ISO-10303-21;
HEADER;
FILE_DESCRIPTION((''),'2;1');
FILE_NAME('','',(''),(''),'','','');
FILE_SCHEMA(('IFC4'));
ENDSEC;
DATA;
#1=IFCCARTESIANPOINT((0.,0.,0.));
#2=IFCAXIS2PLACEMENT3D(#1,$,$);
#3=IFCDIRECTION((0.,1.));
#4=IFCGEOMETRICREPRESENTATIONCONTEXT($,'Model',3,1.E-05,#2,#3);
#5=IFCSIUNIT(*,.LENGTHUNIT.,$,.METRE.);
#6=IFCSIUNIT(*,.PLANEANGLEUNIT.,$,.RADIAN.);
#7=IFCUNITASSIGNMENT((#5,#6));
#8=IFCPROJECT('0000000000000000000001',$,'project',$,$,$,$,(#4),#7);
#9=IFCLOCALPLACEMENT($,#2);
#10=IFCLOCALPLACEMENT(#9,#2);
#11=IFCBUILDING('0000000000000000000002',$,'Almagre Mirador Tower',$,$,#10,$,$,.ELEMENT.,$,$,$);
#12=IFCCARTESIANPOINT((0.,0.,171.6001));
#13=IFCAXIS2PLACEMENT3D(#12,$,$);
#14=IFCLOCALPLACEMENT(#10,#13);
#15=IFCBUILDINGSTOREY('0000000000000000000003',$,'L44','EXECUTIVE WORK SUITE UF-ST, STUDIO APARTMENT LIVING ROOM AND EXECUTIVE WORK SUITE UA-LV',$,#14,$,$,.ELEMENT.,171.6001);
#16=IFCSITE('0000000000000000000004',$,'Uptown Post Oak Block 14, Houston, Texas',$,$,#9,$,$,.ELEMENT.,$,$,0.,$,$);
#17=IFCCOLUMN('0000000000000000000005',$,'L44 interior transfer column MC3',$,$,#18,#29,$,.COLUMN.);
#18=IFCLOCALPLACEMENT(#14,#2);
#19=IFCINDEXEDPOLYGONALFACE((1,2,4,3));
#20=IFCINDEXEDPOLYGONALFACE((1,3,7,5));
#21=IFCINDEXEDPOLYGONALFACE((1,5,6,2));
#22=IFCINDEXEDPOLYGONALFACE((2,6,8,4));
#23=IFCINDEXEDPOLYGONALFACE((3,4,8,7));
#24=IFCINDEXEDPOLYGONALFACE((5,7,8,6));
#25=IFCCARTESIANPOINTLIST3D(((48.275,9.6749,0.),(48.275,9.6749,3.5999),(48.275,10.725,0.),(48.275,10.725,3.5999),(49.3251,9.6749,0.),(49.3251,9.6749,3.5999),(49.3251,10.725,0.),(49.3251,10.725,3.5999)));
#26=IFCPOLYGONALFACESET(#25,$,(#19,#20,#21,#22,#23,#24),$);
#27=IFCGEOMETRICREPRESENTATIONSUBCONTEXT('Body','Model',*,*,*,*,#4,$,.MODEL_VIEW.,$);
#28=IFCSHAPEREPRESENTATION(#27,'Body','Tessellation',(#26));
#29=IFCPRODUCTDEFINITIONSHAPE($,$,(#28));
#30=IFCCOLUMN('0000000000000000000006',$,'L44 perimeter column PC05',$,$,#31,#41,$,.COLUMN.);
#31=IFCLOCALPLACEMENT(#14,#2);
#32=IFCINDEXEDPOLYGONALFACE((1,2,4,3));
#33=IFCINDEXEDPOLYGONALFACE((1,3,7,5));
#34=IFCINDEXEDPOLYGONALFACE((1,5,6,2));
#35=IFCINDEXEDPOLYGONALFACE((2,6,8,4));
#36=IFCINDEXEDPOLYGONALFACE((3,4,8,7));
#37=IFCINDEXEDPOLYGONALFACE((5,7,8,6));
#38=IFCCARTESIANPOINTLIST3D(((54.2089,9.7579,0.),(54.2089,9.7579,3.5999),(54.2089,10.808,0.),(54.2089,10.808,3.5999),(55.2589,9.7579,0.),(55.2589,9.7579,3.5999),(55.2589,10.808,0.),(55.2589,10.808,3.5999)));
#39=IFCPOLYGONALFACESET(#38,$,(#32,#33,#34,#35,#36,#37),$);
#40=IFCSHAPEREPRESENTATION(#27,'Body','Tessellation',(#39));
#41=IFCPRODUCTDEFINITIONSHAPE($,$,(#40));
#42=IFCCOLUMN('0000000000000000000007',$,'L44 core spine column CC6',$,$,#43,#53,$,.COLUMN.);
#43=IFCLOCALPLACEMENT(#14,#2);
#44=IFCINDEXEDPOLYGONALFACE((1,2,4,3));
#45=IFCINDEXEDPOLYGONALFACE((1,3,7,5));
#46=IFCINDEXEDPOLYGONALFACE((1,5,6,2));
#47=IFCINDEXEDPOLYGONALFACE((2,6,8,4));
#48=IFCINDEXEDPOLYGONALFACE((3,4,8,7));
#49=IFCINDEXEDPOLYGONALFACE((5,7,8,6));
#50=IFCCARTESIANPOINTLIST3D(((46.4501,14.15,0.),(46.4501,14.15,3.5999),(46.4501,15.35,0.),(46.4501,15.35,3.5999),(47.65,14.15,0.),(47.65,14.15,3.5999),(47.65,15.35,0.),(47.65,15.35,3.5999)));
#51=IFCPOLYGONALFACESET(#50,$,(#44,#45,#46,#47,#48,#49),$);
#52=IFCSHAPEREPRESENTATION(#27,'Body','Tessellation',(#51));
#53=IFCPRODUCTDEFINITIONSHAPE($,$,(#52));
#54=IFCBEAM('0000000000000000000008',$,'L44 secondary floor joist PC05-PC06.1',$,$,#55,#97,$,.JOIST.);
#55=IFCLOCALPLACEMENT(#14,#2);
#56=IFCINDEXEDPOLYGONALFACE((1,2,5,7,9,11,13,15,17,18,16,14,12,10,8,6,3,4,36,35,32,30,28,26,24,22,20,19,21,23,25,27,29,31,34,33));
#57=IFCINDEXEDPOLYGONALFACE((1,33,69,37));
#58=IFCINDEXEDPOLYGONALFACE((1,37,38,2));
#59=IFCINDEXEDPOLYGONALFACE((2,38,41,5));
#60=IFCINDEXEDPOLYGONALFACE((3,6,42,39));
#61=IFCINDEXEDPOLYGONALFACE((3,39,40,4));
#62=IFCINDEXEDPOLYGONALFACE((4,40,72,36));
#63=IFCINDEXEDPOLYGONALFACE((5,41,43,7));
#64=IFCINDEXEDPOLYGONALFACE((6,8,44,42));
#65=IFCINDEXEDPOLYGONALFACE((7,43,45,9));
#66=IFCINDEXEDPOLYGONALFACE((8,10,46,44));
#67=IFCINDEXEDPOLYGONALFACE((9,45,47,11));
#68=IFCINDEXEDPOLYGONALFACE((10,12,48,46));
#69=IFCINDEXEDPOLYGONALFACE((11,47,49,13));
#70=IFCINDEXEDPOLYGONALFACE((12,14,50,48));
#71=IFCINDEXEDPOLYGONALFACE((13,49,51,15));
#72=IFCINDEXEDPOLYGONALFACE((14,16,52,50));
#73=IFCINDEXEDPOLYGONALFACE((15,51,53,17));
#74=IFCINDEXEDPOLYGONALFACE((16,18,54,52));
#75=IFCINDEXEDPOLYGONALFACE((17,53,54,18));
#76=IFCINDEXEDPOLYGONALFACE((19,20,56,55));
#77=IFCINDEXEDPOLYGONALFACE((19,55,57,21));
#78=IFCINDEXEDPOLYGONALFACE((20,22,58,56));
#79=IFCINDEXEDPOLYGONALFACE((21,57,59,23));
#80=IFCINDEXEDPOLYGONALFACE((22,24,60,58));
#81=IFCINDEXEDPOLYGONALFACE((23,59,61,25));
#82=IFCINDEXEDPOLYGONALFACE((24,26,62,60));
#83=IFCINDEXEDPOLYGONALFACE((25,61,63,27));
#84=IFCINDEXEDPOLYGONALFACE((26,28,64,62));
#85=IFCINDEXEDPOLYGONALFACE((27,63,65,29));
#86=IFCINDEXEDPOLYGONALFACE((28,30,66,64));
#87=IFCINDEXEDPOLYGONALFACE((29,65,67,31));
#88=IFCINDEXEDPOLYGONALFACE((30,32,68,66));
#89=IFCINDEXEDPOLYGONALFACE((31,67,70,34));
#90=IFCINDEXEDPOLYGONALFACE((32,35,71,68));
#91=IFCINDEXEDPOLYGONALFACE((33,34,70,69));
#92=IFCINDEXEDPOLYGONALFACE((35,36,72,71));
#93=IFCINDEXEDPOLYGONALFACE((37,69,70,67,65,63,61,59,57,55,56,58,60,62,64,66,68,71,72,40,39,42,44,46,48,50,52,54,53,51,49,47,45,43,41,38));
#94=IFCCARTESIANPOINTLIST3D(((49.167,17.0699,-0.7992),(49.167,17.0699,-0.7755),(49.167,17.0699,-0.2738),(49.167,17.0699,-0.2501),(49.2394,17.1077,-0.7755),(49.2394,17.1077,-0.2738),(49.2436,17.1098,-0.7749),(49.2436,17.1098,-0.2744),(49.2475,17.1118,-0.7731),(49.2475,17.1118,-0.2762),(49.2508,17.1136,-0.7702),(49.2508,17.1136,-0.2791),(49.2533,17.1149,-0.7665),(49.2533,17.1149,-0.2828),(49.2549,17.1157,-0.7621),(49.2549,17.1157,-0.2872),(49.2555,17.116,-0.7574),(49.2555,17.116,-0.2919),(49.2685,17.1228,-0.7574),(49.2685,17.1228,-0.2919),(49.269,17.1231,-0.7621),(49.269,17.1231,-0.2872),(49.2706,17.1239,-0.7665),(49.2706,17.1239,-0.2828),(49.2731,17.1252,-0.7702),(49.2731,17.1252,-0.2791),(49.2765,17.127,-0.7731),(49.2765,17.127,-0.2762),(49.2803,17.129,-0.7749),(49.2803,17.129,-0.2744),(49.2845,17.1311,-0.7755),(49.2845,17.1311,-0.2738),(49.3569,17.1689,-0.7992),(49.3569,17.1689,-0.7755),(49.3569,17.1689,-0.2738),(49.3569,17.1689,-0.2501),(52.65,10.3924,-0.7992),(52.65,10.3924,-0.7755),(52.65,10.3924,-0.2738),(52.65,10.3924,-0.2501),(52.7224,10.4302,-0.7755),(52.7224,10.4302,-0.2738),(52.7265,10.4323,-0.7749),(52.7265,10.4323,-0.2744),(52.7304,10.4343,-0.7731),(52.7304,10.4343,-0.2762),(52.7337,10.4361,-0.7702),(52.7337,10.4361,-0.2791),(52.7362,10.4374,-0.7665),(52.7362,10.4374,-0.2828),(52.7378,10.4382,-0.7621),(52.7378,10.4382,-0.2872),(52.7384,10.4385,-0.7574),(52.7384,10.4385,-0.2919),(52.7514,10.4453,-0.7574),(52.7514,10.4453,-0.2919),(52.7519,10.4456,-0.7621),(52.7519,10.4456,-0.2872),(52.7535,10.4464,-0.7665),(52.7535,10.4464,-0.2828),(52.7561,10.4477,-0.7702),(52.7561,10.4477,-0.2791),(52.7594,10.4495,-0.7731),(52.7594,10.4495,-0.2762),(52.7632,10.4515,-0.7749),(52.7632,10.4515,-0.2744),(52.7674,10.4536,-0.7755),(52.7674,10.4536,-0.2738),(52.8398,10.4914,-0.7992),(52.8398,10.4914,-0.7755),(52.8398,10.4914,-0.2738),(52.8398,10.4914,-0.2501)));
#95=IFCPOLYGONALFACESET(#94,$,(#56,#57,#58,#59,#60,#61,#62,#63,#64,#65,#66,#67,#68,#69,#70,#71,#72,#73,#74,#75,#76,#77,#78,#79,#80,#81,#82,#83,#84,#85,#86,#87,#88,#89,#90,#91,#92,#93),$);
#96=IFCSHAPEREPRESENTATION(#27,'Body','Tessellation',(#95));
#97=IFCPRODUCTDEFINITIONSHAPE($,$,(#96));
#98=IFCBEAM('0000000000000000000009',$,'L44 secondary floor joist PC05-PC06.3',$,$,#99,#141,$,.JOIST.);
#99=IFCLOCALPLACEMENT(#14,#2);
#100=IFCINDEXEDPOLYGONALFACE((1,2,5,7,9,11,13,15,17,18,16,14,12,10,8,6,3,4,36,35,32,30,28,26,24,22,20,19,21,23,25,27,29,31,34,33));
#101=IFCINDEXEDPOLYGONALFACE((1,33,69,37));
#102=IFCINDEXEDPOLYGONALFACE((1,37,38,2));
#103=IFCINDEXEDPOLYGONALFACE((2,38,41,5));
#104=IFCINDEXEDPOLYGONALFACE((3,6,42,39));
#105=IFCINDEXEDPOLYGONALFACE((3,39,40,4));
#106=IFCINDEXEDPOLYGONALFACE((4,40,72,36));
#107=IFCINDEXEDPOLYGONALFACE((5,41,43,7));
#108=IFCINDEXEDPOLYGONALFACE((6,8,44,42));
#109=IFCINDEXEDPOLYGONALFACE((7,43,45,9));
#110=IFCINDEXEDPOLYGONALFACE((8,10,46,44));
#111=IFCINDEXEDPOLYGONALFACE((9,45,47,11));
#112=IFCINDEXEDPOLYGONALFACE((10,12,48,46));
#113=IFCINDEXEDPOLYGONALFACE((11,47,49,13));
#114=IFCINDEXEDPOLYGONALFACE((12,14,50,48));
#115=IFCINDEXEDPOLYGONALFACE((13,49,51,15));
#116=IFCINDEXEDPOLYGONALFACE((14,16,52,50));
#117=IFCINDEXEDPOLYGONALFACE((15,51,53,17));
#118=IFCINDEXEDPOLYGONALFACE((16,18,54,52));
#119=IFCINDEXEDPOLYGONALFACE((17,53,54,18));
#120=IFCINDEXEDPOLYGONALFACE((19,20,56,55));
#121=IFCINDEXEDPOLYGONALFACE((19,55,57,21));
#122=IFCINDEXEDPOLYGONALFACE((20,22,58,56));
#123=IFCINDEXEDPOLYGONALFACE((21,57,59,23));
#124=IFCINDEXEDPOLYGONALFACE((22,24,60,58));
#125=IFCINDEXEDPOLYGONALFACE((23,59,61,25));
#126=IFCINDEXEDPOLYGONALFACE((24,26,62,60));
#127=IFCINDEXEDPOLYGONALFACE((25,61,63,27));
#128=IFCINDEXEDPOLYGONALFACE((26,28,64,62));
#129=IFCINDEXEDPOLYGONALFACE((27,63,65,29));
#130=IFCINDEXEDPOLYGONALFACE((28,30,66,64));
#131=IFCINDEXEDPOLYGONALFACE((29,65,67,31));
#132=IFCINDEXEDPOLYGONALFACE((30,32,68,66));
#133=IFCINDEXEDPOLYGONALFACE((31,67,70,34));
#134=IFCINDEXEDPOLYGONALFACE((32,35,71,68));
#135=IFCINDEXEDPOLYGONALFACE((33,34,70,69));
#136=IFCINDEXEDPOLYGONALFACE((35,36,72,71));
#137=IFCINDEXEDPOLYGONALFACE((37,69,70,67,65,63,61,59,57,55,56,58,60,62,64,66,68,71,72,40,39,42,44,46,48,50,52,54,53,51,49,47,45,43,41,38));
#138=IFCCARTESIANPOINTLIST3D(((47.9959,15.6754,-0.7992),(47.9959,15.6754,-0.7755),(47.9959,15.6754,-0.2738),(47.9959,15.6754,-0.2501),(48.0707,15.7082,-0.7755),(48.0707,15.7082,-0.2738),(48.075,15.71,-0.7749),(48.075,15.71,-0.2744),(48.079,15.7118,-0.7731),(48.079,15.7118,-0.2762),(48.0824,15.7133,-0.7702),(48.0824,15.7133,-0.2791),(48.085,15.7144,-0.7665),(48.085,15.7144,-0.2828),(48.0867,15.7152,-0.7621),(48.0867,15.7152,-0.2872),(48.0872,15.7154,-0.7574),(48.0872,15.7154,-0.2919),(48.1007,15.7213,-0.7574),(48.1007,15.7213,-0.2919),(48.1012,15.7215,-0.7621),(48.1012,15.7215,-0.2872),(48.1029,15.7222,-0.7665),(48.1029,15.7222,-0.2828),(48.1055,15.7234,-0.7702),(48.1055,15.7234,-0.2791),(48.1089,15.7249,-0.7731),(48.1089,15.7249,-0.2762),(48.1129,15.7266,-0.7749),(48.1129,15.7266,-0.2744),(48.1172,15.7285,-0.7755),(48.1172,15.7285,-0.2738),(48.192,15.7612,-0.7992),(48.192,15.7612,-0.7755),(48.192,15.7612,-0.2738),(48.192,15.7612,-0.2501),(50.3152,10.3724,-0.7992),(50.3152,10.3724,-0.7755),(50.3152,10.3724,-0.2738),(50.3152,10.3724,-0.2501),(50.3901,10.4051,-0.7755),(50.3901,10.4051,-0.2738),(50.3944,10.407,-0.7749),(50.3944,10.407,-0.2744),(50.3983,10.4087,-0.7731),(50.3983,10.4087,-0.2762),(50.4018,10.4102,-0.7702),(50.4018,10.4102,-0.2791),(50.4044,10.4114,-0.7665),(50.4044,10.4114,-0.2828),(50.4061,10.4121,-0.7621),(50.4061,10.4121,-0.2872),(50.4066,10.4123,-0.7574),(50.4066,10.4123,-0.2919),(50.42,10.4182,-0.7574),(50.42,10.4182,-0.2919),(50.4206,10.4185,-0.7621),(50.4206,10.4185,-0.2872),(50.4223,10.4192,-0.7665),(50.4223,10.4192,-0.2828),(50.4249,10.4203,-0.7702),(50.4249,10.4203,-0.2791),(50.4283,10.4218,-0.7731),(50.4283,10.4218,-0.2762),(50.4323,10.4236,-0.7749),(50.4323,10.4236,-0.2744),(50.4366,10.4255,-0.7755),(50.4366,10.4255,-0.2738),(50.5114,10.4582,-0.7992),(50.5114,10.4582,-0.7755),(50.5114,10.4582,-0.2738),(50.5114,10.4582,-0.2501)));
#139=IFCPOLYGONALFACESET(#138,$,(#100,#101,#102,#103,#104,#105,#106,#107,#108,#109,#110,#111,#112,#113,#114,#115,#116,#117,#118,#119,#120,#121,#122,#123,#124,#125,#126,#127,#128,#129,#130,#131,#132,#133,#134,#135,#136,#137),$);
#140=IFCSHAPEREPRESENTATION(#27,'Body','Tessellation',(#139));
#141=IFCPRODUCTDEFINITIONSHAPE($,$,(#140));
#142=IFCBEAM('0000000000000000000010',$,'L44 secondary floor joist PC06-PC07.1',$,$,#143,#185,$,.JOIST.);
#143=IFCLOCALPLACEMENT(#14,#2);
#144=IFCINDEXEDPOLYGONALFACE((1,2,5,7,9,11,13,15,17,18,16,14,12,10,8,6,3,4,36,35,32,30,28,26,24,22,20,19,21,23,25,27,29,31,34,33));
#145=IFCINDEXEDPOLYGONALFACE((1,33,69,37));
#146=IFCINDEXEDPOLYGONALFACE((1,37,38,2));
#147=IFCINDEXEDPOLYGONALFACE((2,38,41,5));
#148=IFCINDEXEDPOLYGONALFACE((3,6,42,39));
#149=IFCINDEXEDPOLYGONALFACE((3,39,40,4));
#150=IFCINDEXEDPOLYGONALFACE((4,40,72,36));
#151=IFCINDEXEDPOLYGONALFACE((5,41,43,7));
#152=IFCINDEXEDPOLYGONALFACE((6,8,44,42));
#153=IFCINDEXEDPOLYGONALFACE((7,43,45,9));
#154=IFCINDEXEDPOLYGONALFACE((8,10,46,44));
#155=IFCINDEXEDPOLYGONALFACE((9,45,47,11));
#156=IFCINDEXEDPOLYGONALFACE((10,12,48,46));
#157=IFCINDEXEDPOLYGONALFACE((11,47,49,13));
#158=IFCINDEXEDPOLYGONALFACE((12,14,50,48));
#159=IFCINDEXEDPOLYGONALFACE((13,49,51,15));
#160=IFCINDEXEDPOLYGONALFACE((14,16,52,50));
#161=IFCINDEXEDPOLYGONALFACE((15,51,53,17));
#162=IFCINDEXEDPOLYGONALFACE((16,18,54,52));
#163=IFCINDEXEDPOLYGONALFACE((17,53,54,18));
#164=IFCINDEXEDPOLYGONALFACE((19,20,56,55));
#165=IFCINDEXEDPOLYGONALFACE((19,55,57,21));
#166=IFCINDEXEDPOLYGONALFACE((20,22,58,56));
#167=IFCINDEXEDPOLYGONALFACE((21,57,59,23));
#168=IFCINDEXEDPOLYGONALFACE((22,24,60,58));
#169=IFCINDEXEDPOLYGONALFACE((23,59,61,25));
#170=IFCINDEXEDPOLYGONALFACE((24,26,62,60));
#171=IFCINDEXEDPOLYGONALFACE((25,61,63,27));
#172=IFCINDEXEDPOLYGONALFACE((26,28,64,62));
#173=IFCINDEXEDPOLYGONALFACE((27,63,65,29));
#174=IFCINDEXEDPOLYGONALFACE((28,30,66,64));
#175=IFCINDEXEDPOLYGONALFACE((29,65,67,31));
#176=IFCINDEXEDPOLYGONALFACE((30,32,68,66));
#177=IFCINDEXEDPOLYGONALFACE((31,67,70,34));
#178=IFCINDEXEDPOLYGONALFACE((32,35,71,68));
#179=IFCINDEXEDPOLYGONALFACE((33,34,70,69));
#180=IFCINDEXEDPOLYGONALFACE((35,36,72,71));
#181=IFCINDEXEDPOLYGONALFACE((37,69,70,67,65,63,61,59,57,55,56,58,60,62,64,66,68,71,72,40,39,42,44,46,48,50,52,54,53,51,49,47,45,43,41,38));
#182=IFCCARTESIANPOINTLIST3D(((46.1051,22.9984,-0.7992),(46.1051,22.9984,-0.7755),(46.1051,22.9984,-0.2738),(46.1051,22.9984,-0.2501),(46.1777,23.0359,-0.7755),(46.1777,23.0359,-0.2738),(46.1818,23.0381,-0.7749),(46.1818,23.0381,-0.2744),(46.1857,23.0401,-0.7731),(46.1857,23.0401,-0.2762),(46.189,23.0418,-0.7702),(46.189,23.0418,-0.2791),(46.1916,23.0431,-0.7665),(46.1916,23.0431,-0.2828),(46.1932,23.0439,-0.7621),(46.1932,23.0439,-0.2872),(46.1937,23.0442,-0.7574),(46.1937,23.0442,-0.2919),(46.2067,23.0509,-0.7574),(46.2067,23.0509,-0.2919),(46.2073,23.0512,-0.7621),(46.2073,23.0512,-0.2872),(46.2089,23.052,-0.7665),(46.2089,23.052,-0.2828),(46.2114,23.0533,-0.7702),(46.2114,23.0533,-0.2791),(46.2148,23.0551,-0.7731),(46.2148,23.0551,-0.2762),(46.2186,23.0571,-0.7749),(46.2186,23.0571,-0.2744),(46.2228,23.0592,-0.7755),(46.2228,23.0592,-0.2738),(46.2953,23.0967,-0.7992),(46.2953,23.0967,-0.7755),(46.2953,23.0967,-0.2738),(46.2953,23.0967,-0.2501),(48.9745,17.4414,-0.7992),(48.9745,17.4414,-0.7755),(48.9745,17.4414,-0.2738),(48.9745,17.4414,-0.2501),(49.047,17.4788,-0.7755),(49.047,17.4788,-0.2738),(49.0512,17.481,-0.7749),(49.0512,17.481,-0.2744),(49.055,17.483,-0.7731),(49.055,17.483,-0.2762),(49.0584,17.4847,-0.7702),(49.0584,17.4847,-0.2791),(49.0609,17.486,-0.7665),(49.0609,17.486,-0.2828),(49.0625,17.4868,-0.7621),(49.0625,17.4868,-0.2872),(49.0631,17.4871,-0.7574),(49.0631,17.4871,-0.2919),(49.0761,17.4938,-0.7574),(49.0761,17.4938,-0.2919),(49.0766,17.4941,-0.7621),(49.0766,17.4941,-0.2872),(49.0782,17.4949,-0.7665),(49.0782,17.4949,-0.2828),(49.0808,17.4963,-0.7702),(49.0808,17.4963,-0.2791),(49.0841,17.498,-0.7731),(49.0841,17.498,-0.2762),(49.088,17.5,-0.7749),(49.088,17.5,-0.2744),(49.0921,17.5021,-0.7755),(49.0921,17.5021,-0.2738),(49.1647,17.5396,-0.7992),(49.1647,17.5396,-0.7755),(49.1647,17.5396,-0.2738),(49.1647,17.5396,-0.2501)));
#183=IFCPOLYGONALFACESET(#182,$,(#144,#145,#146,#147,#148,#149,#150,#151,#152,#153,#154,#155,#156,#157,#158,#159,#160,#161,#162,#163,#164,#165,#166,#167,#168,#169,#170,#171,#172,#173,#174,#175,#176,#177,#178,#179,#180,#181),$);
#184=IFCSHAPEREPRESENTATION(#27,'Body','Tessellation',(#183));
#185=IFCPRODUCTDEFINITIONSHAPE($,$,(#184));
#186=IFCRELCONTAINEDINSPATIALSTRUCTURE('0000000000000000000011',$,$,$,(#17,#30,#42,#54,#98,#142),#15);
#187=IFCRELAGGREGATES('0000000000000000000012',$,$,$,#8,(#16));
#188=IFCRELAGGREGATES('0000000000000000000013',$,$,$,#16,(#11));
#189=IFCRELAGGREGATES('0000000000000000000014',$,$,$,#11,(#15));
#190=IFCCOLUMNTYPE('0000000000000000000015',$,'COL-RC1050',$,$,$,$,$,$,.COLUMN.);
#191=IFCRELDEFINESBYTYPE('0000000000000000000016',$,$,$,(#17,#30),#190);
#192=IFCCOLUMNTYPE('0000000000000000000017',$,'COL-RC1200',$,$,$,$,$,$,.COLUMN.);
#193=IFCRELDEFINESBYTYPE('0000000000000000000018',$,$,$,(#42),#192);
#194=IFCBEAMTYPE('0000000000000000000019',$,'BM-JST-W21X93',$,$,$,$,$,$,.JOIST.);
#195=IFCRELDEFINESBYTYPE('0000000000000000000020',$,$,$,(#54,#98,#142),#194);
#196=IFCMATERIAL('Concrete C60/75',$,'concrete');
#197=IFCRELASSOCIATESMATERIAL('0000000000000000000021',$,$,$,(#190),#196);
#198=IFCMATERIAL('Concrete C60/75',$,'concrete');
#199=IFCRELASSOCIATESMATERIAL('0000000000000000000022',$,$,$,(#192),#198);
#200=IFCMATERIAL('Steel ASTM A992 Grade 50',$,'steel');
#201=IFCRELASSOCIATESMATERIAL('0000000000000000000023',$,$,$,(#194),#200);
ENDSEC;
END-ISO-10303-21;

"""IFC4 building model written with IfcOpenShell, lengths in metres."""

from ifc_helpers import new_model, si_unit, direction, frame, origin, origin_2d, place, context, subcontext, project, spatial, rectangle, i_section, extrude, material, material_profile, profile_set, type_object, element, save


model = new_model("IFC4")

# Units and contexts
model_context = context("Model", 3, precision=1e-05, world=origin(), true_north=direction((0.0, 1.0)))
body_context = subcontext(model_context, "Body", "Model", "MODEL_VIEW")
ifc_project = project(units=[si_unit("LENGTHUNIT", "METRE"), si_unit("PLANEANGLEUNIT", "RADIAN")], contexts=[model_context])

# Site, building, storey
site_placement = place(None, origin())
site = spatial("IfcSite", under=ifc_project, at=site_placement, Name="Uptown Post Oak Block 14, Houston, Texas", CompositionType="ELEMENT", RefElevation=0.0)
building_placement = place(site_placement, origin())
building = spatial("IfcBuilding", under=site, at=building_placement, Name="Almagre Mirador Tower", CompositionType="ELEMENT")
storey_placement = place(building_placement, frame((0.0, 0.0, 171.6001)))
storey = spatial("IfcBuildingStorey", under=building, at=storey_placement, Name="L44", Description="EXECUTIVE WORK SUITE UF-ST, STUDIO APARTMENT LIVING ROOM AND EXECUTIVE WORK SUITE UA-LV", CompositionType="ELEMENT", Elevation=171.6001)

# Columns
ifc_material_1 = material(Name="Concrete C60/75", Category="concrete")
ifc_material_profile_1 = material_profile(ifc_material_1, rectangle(XDim=1.05, YDim=1.05, at=origin_2d()), Name="RC1050X1050")
ifc_profile_set_1 = profile_set([ifc_material_profile_1], Name="Concrete C60/75")
column_type_1 = type_object("IfcColumnType", Name="COL-RC1050", PredefinedType="COLUMN", material=ifc_profile_set_1)
for number, where, z_axis, x_axis, name in (
    (1, (48.8, 10.2, 0.0), (0.0, 0.0, 1.0), (1.0, 0.0, 0.0), "L44 interior transfer column MC3"),
    (2, (54.7339, 10.283, 0.0), (0.0, 0.0, 1.0), (1.0, 0.0, 0.0), "L44 perimeter column PC05"),
):
    element("IfcColumn", number, at=place(storey_placement, frame(where, z_axis=z_axis, x_axis=x_axis)), inside=storey, type_object=column_type_1, Name=name, PredefinedType="COLUMN", context=body_context, shape_type="SweptSolid", body=[
        extrude(rectangle(XDim=1.05, YDim=1.05, at=origin_2d()), origin(), (0.0, 0.0, 1.0), 3.5999),
    ])
ifc_material_2 = material(Name="Concrete C60/75", Category="concrete")
ifc_material_profile_2 = material_profile(ifc_material_2, rectangle(XDim=1.2, YDim=1.2, at=origin_2d()), Name="RC1200X1200")
ifc_profile_set_2 = profile_set([ifc_material_profile_2], Name="Concrete C60/75")
column_type_2 = type_object("IfcColumnType", Name="COL-RC1200", PredefinedType="COLUMN", material=ifc_profile_set_2)
column_placement = place(storey_placement, frame((47.05, 14.75, 0.0), z_axis=(0.0, 0.0, 1.0), x_axis=(1.0, 0.0, 0.0)))
element("IfcColumn", 3, at=column_placement, inside=storey, type_object=column_type_2, Name="L44 core spine column CC6", PredefinedType="COLUMN", context=body_context, shape_type="SweptSolid", body=[
    extrude(rectangle(XDim=1.2, YDim=1.2, at=origin_2d()), origin(), (0.0, 0.0, 1.0), 3.5999),
])

# Beams
ifc_material_3 = material(Name="Steel ASTM A992 Grade 50", Category="steel")
ifc_material_profile_3 = material_profile(ifc_material_3, i_section(OverallWidth=0.2141, OverallDepth=0.5491, WebThickness=0.0146, FlangeThickness=0.0237, FilletRadius=0.0181, at=origin_2d()), Name="W21X93")
ifc_profile_set_3 = profile_set([ifc_material_profile_3], Name="Steel ASTM A992 Grade 50")
beam_type_1 = type_object("IfcBeamType", Name="BM-JST-W21X93", PredefinedType="JOIST", material=ifc_profile_set_3)
beam_1_placement = place(storey_placement, frame((52.7449, 10.4419, -0.5247), z_axis=(-0.462462, 0.886639, 0.0), x_axis=(-0.886639, -0.462462, 0.0)))
element("IfcBeam", 4, at=beam_1_placement, inside=storey, type_object=beam_type_1, Name="L44 secondary floor joist PC05-PC06.1", PredefinedType="JOIST", context=body_context, shape_type="SweptSolid", body=[
    extrude(i_section(OverallWidth=0.2141, OverallDepth=0.5491, WebThickness=0.0146, FlangeThickness=0.0237, FilletRadius=0.0181, at=origin_2d()), origin(), (0.0, 0.0, 1.0), 7.5312),
])
beam_2_placement = place(storey_placement, frame((50.4133, 10.4153, -0.5247), z_axis=(-0.400715, 0.916203, 0.0), x_axis=(-0.916203, -0.400715, 0.0)))
element("IfcBeam", 5, at=beam_2_placement, inside=storey, type_object=beam_type_1, Name="L44 secondary floor joist PC05-PC06.3", PredefinedType="JOIST", context=body_context, shape_type="SweptSolid", body=[
    extrude(i_section(OverallWidth=0.2141, OverallDepth=0.5491, WebThickness=0.0146, FlangeThickness=0.0237, FilletRadius=0.0181, at=origin_2d()), origin(), (0.0, 0.0, 1.0), 5.7881),
])
beam_3_placement = place(storey_placement, frame((49.0696, 17.4905, -0.5247), z_axis=(-0.458793, 0.888543, 0.0), x_axis=(-0.888543, -0.458793, 0.0)))
element("IfcBeam", 6, at=beam_3_placement, inside=storey, type_object=beam_type_1, Name="L44 secondary floor joist PC06-PC07.1", PredefinedType="JOIST", context=body_context, shape_type="SweptSolid", body=[
    extrude(i_section(OverallWidth=0.2141, OverallDepth=0.5491, WebThickness=0.0146, FlangeThickness=0.0237, FilletRadius=0.0181, at=origin_2d()), origin(), (0.0, 0.0, 1.0), 6.2542),
])

save(model, "model.ifc")
